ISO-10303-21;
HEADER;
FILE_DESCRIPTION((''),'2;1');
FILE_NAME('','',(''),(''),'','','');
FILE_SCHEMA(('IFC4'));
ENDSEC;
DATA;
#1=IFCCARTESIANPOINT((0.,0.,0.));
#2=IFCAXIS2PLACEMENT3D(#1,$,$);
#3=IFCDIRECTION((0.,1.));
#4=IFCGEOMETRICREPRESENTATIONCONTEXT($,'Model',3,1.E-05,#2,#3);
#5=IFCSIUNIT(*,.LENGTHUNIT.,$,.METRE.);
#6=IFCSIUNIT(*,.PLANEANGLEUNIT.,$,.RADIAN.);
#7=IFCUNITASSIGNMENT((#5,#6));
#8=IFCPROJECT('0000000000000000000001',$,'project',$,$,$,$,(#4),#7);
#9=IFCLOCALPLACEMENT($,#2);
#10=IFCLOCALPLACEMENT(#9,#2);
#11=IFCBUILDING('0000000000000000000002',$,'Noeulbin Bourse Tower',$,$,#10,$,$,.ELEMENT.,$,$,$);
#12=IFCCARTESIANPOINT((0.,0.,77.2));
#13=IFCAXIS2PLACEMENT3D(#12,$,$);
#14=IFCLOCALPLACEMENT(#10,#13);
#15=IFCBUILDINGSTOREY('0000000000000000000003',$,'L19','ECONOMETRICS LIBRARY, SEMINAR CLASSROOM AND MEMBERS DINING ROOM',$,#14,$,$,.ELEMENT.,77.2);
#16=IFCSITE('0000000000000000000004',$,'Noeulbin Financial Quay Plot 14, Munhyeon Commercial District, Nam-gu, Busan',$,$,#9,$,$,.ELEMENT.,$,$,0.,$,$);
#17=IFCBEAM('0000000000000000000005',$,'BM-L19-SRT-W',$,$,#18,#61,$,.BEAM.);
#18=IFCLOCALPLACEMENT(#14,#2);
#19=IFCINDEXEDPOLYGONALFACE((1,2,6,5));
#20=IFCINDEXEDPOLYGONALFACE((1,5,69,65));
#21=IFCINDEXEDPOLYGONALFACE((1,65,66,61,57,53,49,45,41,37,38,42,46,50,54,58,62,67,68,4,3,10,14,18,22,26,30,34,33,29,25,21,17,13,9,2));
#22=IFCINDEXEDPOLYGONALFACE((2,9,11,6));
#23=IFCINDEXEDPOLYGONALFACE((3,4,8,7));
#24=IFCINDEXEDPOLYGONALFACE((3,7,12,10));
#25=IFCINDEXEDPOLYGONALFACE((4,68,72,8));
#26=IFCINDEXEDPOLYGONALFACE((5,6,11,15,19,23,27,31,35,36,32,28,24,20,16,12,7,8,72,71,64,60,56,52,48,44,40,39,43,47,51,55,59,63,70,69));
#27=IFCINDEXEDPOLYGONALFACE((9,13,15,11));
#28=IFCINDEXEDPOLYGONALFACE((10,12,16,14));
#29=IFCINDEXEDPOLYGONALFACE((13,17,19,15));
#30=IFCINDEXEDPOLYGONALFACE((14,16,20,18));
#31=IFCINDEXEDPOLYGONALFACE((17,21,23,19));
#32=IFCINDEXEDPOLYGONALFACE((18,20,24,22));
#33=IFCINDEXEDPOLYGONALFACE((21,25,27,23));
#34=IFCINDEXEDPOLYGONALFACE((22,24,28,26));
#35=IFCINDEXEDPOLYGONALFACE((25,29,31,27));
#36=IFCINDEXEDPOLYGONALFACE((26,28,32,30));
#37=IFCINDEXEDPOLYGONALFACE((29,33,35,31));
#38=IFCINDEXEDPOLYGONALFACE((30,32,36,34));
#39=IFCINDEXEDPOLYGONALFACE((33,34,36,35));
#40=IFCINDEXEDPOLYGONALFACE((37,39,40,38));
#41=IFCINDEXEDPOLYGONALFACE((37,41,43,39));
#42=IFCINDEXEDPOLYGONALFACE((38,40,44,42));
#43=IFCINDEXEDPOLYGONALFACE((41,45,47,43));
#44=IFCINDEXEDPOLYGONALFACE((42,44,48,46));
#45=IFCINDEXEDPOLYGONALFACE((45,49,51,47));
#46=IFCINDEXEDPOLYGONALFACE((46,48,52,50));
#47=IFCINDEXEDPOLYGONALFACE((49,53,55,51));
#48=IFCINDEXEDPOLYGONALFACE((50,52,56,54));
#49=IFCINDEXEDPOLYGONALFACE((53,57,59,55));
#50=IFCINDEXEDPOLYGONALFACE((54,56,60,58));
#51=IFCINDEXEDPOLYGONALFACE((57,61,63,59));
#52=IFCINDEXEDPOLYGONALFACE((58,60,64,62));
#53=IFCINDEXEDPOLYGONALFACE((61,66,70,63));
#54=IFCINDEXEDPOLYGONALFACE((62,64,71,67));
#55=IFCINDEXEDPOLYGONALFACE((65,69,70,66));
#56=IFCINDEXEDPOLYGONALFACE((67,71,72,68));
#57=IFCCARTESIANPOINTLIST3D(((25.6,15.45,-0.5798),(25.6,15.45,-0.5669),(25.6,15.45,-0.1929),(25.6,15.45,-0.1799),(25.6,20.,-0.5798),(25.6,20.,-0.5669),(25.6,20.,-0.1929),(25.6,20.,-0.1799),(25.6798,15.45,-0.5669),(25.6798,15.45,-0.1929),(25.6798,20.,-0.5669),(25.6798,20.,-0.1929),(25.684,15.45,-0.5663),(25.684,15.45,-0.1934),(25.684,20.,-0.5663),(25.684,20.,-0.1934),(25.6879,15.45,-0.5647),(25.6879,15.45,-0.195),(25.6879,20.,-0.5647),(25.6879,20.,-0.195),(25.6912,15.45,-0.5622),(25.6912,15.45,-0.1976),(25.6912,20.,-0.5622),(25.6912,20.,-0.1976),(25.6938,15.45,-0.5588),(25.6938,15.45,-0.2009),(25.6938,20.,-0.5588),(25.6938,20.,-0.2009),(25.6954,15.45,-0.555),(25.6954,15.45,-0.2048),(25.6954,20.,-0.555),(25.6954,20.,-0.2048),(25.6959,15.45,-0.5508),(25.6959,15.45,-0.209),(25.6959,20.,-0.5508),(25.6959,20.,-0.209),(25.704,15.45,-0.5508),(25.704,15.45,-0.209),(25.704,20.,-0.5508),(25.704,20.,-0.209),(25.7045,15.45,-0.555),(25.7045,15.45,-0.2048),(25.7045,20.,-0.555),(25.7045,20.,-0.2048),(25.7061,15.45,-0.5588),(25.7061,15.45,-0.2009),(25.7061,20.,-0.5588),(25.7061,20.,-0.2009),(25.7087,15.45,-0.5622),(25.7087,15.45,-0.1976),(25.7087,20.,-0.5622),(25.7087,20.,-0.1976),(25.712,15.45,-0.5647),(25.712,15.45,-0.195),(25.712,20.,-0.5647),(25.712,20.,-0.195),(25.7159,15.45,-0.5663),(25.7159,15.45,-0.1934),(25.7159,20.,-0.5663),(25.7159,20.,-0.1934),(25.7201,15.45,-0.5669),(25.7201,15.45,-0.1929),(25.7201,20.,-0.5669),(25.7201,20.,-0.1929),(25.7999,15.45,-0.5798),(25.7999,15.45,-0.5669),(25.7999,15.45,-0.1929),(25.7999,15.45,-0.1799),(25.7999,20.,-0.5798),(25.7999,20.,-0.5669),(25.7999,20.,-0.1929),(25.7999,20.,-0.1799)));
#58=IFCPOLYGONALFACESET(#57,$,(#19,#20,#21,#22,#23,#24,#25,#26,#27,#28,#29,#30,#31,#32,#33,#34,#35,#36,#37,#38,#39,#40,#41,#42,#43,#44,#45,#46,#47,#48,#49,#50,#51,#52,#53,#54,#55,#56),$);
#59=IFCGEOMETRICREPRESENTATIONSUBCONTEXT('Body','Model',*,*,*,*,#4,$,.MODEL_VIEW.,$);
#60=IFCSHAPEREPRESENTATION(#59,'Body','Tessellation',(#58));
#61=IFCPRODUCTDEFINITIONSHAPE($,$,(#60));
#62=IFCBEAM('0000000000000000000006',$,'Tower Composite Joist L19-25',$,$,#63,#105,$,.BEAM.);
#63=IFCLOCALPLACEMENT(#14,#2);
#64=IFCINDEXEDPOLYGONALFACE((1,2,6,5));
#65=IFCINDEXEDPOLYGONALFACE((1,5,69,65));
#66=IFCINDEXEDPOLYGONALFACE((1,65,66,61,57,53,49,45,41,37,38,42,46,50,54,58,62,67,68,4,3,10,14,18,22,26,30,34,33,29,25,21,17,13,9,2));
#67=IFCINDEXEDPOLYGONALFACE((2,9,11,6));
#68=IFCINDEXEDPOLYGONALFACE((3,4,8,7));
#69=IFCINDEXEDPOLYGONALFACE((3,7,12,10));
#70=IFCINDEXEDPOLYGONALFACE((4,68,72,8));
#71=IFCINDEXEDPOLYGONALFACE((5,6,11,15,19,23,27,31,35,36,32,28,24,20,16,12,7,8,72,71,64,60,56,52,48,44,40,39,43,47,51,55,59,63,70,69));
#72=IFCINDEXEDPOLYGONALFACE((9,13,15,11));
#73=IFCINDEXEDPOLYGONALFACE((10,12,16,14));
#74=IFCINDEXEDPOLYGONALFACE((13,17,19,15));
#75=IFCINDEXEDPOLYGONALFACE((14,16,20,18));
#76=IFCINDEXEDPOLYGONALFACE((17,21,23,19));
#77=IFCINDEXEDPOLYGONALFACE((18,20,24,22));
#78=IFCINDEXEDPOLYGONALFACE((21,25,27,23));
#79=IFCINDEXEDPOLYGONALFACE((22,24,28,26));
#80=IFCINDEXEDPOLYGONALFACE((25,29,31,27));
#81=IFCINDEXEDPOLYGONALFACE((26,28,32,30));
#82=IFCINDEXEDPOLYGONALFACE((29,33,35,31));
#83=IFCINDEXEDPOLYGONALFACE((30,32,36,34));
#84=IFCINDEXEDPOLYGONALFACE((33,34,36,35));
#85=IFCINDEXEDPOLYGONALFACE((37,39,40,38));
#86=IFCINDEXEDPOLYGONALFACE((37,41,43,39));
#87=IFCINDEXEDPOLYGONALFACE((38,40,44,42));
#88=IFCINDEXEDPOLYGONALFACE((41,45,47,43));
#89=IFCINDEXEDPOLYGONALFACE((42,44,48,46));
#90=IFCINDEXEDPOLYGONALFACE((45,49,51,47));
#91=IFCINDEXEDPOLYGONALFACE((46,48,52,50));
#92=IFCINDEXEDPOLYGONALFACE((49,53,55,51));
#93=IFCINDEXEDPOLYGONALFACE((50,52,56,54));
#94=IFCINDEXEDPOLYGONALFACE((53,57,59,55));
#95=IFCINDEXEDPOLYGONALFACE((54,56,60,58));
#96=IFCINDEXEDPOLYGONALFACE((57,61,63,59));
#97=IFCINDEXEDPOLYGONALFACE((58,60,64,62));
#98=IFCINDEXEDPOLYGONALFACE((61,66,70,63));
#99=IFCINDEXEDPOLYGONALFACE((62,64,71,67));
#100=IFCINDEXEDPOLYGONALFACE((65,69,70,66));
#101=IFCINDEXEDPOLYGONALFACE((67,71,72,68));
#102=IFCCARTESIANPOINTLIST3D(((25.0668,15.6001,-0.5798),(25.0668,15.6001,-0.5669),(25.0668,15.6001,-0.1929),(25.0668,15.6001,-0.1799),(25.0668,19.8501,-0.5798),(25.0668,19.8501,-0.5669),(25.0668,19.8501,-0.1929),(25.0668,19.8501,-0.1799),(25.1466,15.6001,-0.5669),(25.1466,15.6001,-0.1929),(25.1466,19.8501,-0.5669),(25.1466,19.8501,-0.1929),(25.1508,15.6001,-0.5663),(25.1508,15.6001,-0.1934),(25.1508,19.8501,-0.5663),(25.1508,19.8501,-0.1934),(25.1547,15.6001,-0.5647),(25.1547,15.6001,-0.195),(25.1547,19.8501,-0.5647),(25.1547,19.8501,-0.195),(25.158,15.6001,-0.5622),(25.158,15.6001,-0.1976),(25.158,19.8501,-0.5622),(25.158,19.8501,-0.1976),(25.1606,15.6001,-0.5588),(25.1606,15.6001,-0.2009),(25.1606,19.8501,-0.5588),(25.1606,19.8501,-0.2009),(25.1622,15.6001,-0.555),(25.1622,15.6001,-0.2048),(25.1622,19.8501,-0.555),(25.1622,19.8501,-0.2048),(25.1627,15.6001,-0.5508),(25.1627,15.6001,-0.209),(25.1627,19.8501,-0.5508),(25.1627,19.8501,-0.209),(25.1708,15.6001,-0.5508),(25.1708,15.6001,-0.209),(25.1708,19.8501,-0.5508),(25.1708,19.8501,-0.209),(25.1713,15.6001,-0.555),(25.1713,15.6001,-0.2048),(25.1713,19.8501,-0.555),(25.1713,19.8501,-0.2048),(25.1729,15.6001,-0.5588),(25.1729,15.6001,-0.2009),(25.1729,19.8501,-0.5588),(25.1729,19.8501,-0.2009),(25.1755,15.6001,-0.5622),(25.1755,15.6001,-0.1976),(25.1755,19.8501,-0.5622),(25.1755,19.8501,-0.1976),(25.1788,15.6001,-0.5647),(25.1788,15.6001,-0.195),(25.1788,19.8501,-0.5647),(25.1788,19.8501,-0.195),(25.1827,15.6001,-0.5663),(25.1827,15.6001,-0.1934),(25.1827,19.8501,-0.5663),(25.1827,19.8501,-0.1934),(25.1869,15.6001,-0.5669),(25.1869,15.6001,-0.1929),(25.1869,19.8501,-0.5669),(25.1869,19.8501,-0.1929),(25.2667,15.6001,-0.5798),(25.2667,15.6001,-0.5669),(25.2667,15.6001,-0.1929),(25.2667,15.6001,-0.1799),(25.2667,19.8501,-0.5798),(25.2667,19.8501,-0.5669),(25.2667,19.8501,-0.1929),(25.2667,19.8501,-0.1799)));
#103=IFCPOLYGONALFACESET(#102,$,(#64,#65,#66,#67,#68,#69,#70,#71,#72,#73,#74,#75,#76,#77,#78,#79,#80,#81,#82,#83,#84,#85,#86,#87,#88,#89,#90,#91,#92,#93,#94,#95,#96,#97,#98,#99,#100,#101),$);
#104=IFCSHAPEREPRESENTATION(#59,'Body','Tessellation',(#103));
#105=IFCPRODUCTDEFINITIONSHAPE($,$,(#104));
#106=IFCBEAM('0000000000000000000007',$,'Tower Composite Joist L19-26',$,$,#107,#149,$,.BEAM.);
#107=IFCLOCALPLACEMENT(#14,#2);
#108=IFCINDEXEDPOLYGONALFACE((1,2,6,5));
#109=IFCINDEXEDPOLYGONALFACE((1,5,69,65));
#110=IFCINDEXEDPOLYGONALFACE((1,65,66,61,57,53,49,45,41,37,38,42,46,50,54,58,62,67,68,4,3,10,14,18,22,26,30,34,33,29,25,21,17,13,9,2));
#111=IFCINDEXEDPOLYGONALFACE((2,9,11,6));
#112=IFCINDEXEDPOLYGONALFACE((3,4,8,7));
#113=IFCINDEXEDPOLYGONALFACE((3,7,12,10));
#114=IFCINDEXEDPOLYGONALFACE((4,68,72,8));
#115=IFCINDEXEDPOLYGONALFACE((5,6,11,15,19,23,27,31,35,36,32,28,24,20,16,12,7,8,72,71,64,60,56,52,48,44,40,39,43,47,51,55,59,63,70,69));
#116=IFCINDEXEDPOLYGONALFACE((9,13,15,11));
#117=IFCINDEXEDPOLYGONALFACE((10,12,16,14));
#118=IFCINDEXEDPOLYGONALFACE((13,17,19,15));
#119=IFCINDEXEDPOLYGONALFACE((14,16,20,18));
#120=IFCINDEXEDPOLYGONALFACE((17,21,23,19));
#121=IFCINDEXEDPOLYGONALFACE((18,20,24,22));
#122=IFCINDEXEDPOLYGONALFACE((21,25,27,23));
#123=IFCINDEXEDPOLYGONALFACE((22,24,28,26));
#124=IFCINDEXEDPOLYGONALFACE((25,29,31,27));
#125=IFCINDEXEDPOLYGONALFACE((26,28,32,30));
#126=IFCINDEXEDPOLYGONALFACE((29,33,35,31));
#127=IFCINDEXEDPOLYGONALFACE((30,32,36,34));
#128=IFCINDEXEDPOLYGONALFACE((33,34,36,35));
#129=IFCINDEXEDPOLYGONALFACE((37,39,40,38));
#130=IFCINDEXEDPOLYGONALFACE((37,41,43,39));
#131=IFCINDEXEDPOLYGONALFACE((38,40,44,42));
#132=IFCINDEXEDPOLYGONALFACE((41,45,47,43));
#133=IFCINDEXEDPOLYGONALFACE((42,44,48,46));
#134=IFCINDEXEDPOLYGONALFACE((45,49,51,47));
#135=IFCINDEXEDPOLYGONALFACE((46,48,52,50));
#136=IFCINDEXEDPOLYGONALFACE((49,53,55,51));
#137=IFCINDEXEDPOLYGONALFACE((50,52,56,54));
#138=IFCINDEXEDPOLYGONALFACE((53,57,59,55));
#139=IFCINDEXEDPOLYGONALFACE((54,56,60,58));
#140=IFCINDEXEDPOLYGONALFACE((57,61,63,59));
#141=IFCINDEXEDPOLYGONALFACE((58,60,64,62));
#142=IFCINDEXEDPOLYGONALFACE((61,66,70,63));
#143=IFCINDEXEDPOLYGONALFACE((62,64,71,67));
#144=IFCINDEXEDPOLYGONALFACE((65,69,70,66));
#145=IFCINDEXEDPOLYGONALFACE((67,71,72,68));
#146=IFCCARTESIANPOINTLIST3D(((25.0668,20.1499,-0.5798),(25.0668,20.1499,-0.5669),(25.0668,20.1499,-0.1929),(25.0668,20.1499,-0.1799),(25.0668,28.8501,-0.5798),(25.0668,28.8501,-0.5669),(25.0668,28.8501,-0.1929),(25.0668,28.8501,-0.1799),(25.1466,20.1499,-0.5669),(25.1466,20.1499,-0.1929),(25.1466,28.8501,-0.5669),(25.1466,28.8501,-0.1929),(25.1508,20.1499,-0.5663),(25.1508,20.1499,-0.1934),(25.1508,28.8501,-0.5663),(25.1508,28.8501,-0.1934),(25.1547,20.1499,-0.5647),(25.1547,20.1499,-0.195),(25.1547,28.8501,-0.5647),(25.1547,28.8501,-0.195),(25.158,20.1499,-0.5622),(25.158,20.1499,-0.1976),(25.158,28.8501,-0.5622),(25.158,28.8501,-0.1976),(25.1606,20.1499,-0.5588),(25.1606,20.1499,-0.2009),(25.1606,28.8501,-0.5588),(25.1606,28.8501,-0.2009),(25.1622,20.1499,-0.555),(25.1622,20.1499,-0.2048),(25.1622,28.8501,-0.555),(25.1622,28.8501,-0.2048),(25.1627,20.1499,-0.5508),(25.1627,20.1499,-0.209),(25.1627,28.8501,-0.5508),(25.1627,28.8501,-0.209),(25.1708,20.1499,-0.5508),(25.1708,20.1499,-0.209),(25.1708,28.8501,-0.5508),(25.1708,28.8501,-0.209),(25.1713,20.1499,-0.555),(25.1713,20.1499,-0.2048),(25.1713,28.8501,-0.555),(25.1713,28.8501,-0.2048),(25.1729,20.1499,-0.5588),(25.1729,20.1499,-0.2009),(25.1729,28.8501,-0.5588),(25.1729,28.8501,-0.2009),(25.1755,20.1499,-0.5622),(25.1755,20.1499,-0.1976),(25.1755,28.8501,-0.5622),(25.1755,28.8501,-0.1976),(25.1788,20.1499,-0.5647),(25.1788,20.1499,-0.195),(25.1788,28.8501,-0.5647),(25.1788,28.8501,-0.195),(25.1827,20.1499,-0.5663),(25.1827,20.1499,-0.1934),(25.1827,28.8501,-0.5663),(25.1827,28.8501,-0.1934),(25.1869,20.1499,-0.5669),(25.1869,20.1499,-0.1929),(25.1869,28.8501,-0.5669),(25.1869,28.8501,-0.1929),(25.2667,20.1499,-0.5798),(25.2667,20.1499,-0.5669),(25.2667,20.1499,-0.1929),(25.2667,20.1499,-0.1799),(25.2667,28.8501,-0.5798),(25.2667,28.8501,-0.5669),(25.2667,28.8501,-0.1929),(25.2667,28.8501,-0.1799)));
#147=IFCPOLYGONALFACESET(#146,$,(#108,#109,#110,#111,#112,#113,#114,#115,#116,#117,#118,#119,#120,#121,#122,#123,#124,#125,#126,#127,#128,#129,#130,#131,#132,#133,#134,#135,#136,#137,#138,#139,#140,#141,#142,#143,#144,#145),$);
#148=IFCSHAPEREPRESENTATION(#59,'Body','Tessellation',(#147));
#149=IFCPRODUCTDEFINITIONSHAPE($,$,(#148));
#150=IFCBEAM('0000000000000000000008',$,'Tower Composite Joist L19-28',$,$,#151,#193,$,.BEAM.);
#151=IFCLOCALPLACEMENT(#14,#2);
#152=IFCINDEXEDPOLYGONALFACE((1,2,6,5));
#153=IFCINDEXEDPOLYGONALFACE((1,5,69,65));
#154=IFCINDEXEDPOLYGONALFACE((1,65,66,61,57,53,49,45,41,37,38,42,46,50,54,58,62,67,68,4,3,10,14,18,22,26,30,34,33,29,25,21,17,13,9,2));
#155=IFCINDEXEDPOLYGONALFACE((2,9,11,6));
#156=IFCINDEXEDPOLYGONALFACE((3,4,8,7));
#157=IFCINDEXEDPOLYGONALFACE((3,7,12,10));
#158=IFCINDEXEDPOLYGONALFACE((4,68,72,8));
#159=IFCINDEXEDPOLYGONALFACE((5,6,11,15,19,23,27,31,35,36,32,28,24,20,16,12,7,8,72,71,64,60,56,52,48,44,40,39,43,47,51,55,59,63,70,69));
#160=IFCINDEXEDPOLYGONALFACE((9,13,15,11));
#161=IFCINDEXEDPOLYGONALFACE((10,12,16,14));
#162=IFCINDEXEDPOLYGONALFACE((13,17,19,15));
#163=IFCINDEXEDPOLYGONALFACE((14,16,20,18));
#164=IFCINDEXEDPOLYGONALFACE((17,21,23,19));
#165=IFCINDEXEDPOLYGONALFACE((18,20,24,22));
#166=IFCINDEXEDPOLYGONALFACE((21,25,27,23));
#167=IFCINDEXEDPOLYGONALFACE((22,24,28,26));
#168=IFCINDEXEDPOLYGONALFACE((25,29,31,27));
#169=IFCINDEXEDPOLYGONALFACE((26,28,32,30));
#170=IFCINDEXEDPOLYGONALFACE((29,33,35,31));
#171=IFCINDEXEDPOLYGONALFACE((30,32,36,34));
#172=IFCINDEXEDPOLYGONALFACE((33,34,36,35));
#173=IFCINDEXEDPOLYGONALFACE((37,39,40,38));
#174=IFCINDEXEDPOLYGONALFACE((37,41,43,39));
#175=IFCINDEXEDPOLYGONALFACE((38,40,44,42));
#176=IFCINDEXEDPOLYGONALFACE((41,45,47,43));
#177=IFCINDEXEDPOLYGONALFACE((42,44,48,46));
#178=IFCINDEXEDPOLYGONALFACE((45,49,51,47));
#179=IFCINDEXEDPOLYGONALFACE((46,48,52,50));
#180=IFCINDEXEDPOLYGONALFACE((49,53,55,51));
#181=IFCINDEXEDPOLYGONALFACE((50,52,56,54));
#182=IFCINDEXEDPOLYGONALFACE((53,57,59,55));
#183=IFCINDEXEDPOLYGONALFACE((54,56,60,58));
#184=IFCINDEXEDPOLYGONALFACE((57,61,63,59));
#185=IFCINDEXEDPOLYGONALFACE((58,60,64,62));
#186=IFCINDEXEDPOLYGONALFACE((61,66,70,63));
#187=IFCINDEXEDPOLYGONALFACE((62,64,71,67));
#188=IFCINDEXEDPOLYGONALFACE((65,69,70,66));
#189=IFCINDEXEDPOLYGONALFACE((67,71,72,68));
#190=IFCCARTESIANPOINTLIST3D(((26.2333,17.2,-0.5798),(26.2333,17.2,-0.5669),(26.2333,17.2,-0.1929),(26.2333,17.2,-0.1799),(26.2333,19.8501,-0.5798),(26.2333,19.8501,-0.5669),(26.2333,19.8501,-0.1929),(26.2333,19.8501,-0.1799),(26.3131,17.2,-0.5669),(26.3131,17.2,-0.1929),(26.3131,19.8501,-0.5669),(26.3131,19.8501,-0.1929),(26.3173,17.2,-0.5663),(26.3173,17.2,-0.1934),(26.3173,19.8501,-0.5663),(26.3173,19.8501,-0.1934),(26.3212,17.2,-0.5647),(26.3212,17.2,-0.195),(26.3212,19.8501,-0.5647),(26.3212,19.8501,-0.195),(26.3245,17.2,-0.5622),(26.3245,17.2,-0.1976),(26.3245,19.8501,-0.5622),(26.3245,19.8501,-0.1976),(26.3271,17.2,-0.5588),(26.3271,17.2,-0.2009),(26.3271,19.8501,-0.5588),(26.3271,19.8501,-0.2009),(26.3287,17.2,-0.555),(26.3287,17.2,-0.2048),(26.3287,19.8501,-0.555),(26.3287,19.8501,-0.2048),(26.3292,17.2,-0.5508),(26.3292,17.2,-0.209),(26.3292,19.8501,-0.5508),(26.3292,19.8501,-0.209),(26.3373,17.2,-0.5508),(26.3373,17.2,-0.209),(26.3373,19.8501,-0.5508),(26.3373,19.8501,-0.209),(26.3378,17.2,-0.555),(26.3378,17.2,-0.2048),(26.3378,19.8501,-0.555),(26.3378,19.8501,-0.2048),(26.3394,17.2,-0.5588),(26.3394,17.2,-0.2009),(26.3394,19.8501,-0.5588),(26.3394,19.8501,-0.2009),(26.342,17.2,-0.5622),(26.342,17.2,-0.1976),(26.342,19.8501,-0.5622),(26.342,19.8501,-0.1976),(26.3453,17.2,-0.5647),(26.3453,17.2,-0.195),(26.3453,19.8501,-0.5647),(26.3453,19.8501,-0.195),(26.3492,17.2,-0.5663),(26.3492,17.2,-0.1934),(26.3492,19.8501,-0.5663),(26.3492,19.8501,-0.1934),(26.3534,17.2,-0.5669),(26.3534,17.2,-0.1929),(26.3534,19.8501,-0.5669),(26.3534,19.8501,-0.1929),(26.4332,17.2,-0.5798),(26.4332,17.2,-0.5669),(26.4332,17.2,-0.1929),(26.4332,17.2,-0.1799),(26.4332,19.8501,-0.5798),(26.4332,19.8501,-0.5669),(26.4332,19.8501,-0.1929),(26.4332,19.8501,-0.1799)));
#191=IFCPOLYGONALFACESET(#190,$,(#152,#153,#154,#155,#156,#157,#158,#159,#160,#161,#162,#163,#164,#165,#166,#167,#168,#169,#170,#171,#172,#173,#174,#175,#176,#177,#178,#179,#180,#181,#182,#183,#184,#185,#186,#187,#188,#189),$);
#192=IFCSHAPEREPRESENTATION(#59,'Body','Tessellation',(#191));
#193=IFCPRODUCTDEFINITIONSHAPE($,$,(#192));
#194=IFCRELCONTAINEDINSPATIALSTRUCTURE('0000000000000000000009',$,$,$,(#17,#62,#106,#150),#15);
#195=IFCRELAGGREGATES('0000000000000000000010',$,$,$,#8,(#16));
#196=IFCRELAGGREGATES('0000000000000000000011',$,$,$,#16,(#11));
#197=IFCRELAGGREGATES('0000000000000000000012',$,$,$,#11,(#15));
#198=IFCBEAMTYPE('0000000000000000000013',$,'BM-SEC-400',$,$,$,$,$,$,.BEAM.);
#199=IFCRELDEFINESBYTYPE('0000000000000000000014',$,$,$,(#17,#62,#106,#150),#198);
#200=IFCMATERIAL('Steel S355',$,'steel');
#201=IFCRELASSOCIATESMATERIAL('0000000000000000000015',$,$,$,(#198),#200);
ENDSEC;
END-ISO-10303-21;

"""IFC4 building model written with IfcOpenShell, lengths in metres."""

from ifc_helpers import new_model, si_unit, direction, frame, origin, origin_2d, place, context, subcontext, project, spatial, i_section, extrude, material, material_profile, profile_set, type_object, element, save


model = new_model("IFC4")

# Units and contexts
model_context = context("Model", 3, precision=1e-05, world=origin(), true_north=direction((0.0, 1.0)))
body_context = subcontext(model_context, "Body", "Model", "MODEL_VIEW")
ifc_project = project(units=[si_unit("LENGTHUNIT", "METRE"), si_unit("PLANEANGLEUNIT", "RADIAN")], contexts=[model_context])

# Site, building, storey
site_placement = place(None, origin())
site = spatial("IfcSite", under=ifc_project, at=site_placement, Name="Noeulbin Financial Quay Plot 14, Munhyeon Commercial District, Nam-gu, Busan", CompositionType="ELEMENT", RefElevation=0.0)
building_placement = place(site_placement, origin())
building = spatial("IfcBuilding", under=site, at=building_placement, Name="Noeulbin Bourse Tower", CompositionType="ELEMENT")
storey_placement = place(building_placement, frame((0.0, 0.0, 77.2)))
storey = spatial("IfcBuildingStorey", under=building, at=storey_placement, Name="L19", Description="ECONOMETRICS LIBRARY, SEMINAR CLASSROOM AND MEMBERS DINING ROOM", CompositionType="ELEMENT", Elevation=77.2)

# Beams
ifc_material_1 = material(Name="Steel S355", Category="steel")
ifc_material_profile_1 = material_profile(ifc_material_1, i_section(OverallWidth=0.2, OverallDepth=0.3999, WebThickness=0.0081, FlangeThickness=0.0129, FilletRadius=0.0161, at=origin_2d()), Name="H-400x200x8x13", Category="LoadBearing")
ifc_profile_set_1 = profile_set([ifc_material_profile_1], Name="Steel S355")
beam_type_1 = type_object("IfcBeamType", Name="BM-SEC-400", PredefinedType="BEAM", material=ifc_profile_set_1)
beam_1_placement = place(storey_placement, frame((25.7, 15.45, -0.3799), z_axis=(0.0, 1.0, 0.0), x_axis=(-1.0, 0.0, 0.0)))
element("IfcBeam", 1, at=beam_1_placement, inside=storey, type_object=beam_type_1, Name="BM-L19-SRT-W", PredefinedType="BEAM", context=body_context, shape_type="SweptSolid", body=[
    extrude(i_section(OverallWidth=0.2, OverallDepth=0.3999, WebThickness=0.0081, FlangeThickness=0.0129, FilletRadius=0.0161, at=origin_2d()), origin(), (0.0, 0.0, 1.0), 4.55),
])
beam_2_placement = place(storey_placement, frame((25.1667, 15.6001, -0.3799), z_axis=(0.0, 1.0, 0.0), x_axis=(-1.0, 0.0, 0.0)))
element("IfcBeam", 2, at=beam_2_placement, inside=storey, type_object=beam_type_1, Name="Tower Composite Joist L19-25", PredefinedType="BEAM", context=body_context, shape_type="SweptSolid", body=[
    extrude(i_section(OverallWidth=0.2, OverallDepth=0.3999, WebThickness=0.0081, FlangeThickness=0.0129, FilletRadius=0.0161, at=origin_2d()), origin(), (0.0, 0.0, 1.0), 4.25),
])
beam_3_placement = place(storey_placement, frame((25.1667, 20.1499, -0.3799), z_axis=(0.0, 1.0, 0.0), x_axis=(-1.0, 0.0, 0.0)))
element("IfcBeam", 3, at=beam_3_placement, inside=storey, type_object=beam_type_1, Name="Tower Composite Joist L19-26", PredefinedType="BEAM", context=body_context, shape_type="SweptSolid", body=[
    extrude(i_section(OverallWidth=0.2, OverallDepth=0.3999, WebThickness=0.0081, FlangeThickness=0.0129, FilletRadius=0.0161, at=origin_2d()), origin(), (0.0, 0.0, 1.0), 8.7002),
])
beam_4_placement = place(storey_placement, frame((26.3333, 17.2, -0.3799), z_axis=(0.0, 1.0, 0.0), x_axis=(-1.0, 0.0, 0.0)))
element("IfcBeam", 4, at=beam_4_placement, inside=storey, type_object=beam_type_1, Name="Tower Composite Joist L19-28", PredefinedType="BEAM", context=body_context, shape_type="SweptSolid", body=[
    extrude(i_section(OverallWidth=0.2, OverallDepth=0.3999, WebThickness=0.0081, FlangeThickness=0.0129, FilletRadius=0.0161, at=origin_2d()), origin(), (0.0, 0.0, 1.0), 2.6501),
])

save(model, "model.ifc")
